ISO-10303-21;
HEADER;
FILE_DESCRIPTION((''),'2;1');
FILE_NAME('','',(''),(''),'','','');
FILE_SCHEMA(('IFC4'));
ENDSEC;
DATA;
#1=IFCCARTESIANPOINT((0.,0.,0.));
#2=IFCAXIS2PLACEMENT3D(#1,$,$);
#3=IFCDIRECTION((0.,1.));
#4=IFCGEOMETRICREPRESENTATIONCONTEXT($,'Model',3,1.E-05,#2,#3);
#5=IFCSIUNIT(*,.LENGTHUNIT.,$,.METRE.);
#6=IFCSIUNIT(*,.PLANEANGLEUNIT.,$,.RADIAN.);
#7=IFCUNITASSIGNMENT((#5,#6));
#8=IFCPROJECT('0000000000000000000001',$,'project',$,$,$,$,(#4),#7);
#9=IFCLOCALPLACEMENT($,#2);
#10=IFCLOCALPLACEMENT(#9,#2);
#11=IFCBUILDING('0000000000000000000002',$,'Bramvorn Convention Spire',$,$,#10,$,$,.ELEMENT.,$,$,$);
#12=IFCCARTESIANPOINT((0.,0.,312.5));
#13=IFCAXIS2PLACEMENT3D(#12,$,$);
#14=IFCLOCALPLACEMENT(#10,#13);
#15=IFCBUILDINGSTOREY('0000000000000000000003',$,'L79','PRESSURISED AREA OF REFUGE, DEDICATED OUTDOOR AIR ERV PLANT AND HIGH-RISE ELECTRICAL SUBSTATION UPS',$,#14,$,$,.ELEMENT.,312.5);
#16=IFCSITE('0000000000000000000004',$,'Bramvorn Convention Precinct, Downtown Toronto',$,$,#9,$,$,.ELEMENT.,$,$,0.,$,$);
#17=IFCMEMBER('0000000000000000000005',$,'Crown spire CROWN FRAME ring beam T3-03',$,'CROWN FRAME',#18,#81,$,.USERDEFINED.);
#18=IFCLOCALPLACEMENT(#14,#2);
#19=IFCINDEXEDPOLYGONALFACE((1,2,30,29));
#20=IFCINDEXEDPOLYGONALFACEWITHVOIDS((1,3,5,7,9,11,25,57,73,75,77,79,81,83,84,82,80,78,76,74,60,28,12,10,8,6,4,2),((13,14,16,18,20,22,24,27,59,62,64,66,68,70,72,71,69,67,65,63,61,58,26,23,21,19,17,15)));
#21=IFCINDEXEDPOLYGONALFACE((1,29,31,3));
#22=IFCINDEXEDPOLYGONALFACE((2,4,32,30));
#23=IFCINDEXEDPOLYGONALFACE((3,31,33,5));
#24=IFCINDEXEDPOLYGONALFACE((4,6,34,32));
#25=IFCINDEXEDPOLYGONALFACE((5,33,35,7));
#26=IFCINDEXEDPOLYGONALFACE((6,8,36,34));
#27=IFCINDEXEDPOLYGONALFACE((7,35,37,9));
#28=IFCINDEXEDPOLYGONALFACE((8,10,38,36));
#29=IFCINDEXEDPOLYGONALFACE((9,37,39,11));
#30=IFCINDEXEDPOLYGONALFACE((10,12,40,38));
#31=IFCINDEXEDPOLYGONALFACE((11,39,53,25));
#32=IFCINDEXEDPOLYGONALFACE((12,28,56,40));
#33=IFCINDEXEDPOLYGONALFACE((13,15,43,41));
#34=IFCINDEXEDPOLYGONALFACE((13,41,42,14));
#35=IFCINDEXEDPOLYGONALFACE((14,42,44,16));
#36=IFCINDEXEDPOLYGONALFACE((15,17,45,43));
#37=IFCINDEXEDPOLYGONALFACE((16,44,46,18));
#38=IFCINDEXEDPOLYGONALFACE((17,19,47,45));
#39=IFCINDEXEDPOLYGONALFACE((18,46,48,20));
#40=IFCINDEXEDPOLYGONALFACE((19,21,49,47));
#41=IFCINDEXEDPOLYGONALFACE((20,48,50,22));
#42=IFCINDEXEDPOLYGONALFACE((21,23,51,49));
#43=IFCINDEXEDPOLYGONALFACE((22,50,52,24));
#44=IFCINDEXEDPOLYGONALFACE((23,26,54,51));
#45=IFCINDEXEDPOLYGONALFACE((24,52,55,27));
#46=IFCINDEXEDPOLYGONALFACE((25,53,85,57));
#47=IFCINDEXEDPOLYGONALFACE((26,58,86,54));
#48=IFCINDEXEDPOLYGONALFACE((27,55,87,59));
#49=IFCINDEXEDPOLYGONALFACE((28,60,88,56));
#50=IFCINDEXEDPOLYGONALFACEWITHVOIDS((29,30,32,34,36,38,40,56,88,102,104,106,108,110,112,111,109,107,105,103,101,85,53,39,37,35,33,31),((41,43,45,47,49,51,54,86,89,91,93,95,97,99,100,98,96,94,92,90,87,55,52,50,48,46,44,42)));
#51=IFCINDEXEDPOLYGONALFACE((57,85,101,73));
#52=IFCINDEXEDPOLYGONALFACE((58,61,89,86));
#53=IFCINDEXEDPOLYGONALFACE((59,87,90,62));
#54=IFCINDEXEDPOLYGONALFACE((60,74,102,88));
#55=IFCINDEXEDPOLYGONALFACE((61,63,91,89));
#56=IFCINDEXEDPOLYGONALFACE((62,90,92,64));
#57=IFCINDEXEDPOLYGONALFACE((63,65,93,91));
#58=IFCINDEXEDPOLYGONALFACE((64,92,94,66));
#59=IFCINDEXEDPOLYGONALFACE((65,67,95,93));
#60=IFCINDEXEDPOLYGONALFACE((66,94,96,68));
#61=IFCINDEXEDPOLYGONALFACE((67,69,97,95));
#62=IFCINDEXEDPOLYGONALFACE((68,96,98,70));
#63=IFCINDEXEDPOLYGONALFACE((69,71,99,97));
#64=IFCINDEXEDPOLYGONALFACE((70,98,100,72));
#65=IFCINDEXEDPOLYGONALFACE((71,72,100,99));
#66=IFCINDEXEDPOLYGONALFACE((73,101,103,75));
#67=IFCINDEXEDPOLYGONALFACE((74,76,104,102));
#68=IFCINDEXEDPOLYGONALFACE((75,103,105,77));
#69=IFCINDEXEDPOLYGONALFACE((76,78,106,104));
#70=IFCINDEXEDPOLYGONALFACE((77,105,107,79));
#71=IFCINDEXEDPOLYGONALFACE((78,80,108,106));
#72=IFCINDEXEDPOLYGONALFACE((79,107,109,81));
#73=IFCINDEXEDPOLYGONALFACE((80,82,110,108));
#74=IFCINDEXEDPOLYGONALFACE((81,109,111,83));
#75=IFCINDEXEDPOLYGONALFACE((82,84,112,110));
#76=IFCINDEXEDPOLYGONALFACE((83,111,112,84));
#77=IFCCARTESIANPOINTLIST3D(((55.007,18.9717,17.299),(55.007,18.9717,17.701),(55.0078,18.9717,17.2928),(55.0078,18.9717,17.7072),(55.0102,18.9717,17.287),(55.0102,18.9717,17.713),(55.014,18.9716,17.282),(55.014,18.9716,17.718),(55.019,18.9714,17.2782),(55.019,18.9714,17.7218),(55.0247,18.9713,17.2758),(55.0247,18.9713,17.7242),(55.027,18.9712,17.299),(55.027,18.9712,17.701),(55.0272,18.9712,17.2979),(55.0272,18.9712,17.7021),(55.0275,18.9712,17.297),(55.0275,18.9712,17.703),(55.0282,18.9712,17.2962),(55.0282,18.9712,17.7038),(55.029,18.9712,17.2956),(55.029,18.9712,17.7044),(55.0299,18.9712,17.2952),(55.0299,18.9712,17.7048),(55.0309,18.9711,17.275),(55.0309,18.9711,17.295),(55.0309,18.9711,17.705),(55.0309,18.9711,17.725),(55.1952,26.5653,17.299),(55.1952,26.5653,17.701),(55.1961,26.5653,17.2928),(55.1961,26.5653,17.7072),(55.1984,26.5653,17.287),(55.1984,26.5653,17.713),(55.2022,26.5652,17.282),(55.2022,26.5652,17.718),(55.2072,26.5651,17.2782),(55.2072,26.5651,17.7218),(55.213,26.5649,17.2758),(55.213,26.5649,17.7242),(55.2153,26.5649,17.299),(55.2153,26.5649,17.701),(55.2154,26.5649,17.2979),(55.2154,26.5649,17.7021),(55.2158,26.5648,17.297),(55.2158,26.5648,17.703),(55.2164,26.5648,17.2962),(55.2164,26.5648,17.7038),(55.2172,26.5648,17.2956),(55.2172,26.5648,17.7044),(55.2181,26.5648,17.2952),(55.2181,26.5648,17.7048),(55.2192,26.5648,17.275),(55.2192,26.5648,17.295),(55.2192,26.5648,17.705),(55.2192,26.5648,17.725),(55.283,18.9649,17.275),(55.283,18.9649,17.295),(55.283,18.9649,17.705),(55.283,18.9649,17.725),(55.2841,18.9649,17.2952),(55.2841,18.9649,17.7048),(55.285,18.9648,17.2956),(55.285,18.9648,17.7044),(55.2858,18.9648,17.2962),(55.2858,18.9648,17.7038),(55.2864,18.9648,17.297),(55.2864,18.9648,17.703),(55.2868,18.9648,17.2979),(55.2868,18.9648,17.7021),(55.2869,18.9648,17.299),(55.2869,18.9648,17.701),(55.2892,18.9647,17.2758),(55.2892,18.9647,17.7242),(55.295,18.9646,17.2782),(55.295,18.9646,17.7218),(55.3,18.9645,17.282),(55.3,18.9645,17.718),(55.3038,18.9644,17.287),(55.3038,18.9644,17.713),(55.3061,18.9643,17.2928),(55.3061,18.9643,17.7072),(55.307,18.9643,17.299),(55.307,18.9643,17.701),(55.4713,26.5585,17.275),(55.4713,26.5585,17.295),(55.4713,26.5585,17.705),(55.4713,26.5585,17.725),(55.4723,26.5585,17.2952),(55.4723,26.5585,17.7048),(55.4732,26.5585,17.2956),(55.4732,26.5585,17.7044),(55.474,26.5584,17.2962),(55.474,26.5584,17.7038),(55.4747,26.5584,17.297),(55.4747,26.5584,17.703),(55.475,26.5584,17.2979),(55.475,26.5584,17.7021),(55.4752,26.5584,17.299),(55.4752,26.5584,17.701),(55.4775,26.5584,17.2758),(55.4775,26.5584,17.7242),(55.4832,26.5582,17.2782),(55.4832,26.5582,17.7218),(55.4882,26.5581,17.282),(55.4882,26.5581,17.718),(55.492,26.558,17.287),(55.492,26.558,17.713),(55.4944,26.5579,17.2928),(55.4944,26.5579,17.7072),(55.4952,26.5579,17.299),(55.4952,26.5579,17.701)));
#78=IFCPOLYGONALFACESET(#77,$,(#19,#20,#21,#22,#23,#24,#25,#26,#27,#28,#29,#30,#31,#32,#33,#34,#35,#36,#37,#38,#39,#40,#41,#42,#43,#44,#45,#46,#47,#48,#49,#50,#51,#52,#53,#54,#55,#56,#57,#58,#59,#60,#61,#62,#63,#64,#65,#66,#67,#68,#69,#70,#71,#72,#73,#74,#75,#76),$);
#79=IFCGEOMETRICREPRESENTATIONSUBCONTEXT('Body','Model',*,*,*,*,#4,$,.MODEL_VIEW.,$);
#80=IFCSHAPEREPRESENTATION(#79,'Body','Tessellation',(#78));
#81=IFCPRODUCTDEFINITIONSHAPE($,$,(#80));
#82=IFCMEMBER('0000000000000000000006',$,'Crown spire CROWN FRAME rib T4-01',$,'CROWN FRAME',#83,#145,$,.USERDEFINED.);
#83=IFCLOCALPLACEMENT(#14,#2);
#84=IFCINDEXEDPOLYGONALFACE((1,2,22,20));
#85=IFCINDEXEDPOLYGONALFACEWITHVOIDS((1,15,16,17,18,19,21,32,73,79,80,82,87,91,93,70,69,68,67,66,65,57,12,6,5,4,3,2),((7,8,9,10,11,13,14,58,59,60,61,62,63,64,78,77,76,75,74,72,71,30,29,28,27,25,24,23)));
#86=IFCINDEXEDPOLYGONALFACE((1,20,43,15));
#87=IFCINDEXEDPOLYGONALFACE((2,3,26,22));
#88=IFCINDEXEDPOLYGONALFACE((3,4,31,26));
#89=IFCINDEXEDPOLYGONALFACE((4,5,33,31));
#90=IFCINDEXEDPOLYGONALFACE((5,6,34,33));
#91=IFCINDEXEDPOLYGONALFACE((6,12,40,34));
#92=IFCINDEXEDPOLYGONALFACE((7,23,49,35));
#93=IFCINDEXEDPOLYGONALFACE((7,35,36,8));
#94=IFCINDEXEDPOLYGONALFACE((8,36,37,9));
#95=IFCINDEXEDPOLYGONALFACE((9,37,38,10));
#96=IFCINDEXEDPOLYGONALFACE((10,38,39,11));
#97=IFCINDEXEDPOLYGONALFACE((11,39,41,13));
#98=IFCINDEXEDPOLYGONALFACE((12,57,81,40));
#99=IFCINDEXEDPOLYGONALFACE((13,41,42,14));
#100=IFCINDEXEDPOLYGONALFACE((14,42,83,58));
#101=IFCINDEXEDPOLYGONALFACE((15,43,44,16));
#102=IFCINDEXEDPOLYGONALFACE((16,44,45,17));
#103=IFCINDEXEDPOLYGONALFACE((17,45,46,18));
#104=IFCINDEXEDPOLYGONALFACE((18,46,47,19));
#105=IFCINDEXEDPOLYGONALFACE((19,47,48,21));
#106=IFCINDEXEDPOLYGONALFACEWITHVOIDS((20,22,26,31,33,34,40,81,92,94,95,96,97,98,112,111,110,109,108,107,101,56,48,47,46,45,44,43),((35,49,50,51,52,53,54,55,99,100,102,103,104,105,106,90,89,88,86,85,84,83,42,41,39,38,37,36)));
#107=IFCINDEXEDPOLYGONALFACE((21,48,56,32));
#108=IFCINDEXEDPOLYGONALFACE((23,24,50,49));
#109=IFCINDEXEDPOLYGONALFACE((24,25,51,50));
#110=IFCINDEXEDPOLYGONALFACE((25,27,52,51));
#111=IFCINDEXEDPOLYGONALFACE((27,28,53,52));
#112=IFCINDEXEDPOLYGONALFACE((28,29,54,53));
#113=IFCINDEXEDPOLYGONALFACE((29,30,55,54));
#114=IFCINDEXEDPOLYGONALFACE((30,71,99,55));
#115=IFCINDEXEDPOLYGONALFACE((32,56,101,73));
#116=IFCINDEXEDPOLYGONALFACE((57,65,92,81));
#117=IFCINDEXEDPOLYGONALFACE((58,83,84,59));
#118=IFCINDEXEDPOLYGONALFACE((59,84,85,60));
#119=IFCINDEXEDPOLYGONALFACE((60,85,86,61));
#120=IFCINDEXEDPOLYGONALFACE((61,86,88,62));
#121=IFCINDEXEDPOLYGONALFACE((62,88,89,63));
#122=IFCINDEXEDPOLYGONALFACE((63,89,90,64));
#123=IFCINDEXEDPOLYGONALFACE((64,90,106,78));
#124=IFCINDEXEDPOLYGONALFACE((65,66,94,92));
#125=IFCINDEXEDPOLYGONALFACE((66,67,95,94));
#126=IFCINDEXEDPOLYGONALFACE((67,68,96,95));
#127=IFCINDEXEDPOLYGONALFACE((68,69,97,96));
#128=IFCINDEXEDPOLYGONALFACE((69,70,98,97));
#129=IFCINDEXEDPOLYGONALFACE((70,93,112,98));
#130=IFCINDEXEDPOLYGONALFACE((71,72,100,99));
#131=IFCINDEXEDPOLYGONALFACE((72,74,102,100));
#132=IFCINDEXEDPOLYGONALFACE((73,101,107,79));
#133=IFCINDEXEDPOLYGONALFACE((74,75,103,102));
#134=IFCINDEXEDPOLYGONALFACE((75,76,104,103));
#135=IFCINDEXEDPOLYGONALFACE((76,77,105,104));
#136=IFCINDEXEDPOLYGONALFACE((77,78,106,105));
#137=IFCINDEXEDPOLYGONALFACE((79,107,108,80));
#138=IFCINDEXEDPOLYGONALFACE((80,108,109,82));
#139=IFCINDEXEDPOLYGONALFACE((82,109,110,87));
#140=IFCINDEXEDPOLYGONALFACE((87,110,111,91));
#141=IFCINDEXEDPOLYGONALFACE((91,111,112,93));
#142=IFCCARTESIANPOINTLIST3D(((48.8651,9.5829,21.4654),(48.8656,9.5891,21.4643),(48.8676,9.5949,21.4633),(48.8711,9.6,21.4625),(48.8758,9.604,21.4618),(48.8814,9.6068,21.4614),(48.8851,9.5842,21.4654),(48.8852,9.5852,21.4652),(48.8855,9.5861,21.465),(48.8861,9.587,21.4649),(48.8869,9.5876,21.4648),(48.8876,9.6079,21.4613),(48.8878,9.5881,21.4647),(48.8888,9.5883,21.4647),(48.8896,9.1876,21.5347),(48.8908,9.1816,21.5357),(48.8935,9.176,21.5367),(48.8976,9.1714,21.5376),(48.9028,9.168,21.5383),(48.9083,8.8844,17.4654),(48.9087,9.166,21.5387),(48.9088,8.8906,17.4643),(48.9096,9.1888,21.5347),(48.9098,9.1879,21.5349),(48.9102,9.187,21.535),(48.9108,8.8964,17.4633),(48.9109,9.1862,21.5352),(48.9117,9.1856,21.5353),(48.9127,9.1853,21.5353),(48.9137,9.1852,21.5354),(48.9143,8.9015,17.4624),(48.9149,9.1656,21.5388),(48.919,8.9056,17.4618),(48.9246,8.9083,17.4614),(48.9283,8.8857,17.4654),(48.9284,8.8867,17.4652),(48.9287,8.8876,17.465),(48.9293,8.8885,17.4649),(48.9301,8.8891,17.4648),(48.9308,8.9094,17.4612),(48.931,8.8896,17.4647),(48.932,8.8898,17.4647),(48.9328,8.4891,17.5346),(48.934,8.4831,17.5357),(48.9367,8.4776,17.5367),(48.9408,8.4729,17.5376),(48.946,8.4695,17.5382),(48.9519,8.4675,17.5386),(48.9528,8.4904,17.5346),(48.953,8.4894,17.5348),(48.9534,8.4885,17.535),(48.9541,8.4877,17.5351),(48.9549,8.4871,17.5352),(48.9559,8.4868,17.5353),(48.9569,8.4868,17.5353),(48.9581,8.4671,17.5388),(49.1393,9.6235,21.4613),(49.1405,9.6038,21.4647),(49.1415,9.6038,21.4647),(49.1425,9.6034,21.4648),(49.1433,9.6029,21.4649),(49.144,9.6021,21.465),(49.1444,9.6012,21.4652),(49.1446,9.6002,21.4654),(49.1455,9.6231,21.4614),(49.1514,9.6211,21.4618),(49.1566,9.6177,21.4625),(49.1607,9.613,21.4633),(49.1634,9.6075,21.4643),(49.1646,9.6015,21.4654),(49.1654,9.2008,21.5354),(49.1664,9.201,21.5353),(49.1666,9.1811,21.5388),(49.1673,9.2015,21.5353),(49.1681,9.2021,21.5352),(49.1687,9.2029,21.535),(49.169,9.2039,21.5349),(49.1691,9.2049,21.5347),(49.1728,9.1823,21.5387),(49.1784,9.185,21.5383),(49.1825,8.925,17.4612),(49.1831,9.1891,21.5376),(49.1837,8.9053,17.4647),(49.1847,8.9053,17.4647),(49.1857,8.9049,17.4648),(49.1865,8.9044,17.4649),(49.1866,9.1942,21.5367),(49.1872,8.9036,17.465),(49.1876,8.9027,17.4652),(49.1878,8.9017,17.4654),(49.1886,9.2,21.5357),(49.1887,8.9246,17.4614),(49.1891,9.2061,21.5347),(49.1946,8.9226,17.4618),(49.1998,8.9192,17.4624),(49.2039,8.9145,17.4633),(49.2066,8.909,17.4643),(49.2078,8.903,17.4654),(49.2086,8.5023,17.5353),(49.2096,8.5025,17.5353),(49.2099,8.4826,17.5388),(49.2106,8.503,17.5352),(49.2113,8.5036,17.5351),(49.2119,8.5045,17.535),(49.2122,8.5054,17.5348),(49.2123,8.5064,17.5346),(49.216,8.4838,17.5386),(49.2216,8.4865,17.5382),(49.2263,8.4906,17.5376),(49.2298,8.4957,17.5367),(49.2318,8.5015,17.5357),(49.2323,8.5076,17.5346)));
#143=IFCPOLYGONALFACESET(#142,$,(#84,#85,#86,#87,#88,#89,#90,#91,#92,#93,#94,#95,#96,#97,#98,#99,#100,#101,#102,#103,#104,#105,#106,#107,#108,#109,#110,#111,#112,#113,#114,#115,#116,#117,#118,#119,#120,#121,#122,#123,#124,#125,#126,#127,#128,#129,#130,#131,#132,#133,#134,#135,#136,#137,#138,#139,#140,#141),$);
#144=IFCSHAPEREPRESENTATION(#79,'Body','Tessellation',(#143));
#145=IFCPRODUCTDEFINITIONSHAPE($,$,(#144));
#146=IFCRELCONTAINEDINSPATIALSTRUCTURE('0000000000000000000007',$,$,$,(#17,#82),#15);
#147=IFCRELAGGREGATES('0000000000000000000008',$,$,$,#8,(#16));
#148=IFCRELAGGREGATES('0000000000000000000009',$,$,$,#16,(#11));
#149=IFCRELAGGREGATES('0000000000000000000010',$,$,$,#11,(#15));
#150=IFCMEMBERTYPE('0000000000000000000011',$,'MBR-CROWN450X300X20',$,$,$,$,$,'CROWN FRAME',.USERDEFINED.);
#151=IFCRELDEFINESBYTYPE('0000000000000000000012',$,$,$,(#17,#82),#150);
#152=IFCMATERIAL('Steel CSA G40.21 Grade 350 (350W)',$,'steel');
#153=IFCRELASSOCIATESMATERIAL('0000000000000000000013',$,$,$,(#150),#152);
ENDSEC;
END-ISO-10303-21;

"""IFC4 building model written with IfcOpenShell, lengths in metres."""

from ifc_helpers import new_model, si_unit, direction, frame, origin, origin_2d, place, context, subcontext, project, spatial, hollow_rectangle, extrude, material, material_profile, profile_set, type_object, element, save


model = new_model("IFC4")

# Units and contexts
model_context = context("Model", 3, precision=1e-05, world=origin(), true_north=direction((0.0, 1.0)))
body_context = subcontext(model_context, "Body", "Model", "MODEL_VIEW")
ifc_project = project(units=[si_unit("LENGTHUNIT", "METRE"), si_unit("PLANEANGLEUNIT", "RADIAN")], contexts=[model_context])

# Site, building, storey
site_placement = place(None, origin())
site = spatial("IfcSite", under=ifc_project, at=site_placement, Name="Bramvorn Convention Precinct, Downtown Toronto", CompositionType="ELEMENT", RefElevation=0.0)
building_placement = place(site_placement, origin())
building = spatial("IfcBuilding", under=site, at=building_placement, Name="Bramvorn Convention Spire", CompositionType="ELEMENT")
storey_placement = place(building_placement, frame((0.0, 0.0, 312.5)))
storey = spatial("IfcBuildingStorey", under=building, at=storey_placement, Name="L79", Description="PRESSURISED AREA OF REFUGE, DEDICATED OUTDOOR AIR ERV PLANT AND HIGH-RISE ELECTRICAL SUBSTATION UPS", CompositionType="ELEMENT", Elevation=312.5)

# Members
ifc_material_1 = material(Name="Steel CSA G40.21 Grade 350 (350W)", Category="steel")
ifc_material_profile = material_profile(ifc_material_1, hollow_rectangle(XDim=0.3, YDim=0.45, WallThickness=0.02, InnerFilletRadius=0.0039, OuterFilletRadius=0.0239, at=origin_2d()))
ifc_profile_set = profile_set([ifc_material_profile], Name="Steel CSA G40.21 Grade 350 (350W) - CROWN450X300X20")
member_type = type_object("IfcMemberType", Name="MBR-CROWN450X300X20", ElementType="CROWN FRAME", PredefinedType="USERDEFINED", material=ifc_profile_set)
member_1_placement = place(storey_placement, frame((55.157, 18.968, 17.5), z_axis=(0.024781, 0.999693, 0.0), x_axis=(-0.999693, 0.024781, 0.0)))
element("IfcMember", 1, at=member_1_placement, inside=storey, type_object=member_type, Name="Crown spire CROWN FRAME ring beam T3-03", ObjectType="CROWN FRAME", PredefinedType="USERDEFINED", context=body_context, shape_type="SweptSolid", body=[
    extrude(hollow_rectangle(XDim=0.3, YDim=0.45, WallThickness=0.02, InnerFilletRadius=0.0039, OuterFilletRadius=0.0239, at=origin_2d()), origin(), (0.0, 0.0, 1.0), 7.5959),
])
member_2_placement = place(storey_placement, frame((49.0703, 8.696, 17.5), z_axis=(-0.010642, 0.172009, 0.985038), x_axis=(-0.998092, -0.061748, 0.0)))
element("IfcMember", 2, at=member_2_placement, inside=storey, type_object=member_type, Name="Crown spire CROWN FRAME rib T4-01", ObjectType="CROWN FRAME", PredefinedType="USERDEFINED", context=body_context, shape_type="SweptSolid", body=[
    extrude(hollow_rectangle(XDim=0.3, YDim=0.45, WallThickness=0.02, InnerFilletRadius=0.0039, OuterFilletRadius=0.0239, at=origin_2d()), origin(), (0.0, 0.0, 1.0), 4.0608),
])

save(model, "model.ifc")
